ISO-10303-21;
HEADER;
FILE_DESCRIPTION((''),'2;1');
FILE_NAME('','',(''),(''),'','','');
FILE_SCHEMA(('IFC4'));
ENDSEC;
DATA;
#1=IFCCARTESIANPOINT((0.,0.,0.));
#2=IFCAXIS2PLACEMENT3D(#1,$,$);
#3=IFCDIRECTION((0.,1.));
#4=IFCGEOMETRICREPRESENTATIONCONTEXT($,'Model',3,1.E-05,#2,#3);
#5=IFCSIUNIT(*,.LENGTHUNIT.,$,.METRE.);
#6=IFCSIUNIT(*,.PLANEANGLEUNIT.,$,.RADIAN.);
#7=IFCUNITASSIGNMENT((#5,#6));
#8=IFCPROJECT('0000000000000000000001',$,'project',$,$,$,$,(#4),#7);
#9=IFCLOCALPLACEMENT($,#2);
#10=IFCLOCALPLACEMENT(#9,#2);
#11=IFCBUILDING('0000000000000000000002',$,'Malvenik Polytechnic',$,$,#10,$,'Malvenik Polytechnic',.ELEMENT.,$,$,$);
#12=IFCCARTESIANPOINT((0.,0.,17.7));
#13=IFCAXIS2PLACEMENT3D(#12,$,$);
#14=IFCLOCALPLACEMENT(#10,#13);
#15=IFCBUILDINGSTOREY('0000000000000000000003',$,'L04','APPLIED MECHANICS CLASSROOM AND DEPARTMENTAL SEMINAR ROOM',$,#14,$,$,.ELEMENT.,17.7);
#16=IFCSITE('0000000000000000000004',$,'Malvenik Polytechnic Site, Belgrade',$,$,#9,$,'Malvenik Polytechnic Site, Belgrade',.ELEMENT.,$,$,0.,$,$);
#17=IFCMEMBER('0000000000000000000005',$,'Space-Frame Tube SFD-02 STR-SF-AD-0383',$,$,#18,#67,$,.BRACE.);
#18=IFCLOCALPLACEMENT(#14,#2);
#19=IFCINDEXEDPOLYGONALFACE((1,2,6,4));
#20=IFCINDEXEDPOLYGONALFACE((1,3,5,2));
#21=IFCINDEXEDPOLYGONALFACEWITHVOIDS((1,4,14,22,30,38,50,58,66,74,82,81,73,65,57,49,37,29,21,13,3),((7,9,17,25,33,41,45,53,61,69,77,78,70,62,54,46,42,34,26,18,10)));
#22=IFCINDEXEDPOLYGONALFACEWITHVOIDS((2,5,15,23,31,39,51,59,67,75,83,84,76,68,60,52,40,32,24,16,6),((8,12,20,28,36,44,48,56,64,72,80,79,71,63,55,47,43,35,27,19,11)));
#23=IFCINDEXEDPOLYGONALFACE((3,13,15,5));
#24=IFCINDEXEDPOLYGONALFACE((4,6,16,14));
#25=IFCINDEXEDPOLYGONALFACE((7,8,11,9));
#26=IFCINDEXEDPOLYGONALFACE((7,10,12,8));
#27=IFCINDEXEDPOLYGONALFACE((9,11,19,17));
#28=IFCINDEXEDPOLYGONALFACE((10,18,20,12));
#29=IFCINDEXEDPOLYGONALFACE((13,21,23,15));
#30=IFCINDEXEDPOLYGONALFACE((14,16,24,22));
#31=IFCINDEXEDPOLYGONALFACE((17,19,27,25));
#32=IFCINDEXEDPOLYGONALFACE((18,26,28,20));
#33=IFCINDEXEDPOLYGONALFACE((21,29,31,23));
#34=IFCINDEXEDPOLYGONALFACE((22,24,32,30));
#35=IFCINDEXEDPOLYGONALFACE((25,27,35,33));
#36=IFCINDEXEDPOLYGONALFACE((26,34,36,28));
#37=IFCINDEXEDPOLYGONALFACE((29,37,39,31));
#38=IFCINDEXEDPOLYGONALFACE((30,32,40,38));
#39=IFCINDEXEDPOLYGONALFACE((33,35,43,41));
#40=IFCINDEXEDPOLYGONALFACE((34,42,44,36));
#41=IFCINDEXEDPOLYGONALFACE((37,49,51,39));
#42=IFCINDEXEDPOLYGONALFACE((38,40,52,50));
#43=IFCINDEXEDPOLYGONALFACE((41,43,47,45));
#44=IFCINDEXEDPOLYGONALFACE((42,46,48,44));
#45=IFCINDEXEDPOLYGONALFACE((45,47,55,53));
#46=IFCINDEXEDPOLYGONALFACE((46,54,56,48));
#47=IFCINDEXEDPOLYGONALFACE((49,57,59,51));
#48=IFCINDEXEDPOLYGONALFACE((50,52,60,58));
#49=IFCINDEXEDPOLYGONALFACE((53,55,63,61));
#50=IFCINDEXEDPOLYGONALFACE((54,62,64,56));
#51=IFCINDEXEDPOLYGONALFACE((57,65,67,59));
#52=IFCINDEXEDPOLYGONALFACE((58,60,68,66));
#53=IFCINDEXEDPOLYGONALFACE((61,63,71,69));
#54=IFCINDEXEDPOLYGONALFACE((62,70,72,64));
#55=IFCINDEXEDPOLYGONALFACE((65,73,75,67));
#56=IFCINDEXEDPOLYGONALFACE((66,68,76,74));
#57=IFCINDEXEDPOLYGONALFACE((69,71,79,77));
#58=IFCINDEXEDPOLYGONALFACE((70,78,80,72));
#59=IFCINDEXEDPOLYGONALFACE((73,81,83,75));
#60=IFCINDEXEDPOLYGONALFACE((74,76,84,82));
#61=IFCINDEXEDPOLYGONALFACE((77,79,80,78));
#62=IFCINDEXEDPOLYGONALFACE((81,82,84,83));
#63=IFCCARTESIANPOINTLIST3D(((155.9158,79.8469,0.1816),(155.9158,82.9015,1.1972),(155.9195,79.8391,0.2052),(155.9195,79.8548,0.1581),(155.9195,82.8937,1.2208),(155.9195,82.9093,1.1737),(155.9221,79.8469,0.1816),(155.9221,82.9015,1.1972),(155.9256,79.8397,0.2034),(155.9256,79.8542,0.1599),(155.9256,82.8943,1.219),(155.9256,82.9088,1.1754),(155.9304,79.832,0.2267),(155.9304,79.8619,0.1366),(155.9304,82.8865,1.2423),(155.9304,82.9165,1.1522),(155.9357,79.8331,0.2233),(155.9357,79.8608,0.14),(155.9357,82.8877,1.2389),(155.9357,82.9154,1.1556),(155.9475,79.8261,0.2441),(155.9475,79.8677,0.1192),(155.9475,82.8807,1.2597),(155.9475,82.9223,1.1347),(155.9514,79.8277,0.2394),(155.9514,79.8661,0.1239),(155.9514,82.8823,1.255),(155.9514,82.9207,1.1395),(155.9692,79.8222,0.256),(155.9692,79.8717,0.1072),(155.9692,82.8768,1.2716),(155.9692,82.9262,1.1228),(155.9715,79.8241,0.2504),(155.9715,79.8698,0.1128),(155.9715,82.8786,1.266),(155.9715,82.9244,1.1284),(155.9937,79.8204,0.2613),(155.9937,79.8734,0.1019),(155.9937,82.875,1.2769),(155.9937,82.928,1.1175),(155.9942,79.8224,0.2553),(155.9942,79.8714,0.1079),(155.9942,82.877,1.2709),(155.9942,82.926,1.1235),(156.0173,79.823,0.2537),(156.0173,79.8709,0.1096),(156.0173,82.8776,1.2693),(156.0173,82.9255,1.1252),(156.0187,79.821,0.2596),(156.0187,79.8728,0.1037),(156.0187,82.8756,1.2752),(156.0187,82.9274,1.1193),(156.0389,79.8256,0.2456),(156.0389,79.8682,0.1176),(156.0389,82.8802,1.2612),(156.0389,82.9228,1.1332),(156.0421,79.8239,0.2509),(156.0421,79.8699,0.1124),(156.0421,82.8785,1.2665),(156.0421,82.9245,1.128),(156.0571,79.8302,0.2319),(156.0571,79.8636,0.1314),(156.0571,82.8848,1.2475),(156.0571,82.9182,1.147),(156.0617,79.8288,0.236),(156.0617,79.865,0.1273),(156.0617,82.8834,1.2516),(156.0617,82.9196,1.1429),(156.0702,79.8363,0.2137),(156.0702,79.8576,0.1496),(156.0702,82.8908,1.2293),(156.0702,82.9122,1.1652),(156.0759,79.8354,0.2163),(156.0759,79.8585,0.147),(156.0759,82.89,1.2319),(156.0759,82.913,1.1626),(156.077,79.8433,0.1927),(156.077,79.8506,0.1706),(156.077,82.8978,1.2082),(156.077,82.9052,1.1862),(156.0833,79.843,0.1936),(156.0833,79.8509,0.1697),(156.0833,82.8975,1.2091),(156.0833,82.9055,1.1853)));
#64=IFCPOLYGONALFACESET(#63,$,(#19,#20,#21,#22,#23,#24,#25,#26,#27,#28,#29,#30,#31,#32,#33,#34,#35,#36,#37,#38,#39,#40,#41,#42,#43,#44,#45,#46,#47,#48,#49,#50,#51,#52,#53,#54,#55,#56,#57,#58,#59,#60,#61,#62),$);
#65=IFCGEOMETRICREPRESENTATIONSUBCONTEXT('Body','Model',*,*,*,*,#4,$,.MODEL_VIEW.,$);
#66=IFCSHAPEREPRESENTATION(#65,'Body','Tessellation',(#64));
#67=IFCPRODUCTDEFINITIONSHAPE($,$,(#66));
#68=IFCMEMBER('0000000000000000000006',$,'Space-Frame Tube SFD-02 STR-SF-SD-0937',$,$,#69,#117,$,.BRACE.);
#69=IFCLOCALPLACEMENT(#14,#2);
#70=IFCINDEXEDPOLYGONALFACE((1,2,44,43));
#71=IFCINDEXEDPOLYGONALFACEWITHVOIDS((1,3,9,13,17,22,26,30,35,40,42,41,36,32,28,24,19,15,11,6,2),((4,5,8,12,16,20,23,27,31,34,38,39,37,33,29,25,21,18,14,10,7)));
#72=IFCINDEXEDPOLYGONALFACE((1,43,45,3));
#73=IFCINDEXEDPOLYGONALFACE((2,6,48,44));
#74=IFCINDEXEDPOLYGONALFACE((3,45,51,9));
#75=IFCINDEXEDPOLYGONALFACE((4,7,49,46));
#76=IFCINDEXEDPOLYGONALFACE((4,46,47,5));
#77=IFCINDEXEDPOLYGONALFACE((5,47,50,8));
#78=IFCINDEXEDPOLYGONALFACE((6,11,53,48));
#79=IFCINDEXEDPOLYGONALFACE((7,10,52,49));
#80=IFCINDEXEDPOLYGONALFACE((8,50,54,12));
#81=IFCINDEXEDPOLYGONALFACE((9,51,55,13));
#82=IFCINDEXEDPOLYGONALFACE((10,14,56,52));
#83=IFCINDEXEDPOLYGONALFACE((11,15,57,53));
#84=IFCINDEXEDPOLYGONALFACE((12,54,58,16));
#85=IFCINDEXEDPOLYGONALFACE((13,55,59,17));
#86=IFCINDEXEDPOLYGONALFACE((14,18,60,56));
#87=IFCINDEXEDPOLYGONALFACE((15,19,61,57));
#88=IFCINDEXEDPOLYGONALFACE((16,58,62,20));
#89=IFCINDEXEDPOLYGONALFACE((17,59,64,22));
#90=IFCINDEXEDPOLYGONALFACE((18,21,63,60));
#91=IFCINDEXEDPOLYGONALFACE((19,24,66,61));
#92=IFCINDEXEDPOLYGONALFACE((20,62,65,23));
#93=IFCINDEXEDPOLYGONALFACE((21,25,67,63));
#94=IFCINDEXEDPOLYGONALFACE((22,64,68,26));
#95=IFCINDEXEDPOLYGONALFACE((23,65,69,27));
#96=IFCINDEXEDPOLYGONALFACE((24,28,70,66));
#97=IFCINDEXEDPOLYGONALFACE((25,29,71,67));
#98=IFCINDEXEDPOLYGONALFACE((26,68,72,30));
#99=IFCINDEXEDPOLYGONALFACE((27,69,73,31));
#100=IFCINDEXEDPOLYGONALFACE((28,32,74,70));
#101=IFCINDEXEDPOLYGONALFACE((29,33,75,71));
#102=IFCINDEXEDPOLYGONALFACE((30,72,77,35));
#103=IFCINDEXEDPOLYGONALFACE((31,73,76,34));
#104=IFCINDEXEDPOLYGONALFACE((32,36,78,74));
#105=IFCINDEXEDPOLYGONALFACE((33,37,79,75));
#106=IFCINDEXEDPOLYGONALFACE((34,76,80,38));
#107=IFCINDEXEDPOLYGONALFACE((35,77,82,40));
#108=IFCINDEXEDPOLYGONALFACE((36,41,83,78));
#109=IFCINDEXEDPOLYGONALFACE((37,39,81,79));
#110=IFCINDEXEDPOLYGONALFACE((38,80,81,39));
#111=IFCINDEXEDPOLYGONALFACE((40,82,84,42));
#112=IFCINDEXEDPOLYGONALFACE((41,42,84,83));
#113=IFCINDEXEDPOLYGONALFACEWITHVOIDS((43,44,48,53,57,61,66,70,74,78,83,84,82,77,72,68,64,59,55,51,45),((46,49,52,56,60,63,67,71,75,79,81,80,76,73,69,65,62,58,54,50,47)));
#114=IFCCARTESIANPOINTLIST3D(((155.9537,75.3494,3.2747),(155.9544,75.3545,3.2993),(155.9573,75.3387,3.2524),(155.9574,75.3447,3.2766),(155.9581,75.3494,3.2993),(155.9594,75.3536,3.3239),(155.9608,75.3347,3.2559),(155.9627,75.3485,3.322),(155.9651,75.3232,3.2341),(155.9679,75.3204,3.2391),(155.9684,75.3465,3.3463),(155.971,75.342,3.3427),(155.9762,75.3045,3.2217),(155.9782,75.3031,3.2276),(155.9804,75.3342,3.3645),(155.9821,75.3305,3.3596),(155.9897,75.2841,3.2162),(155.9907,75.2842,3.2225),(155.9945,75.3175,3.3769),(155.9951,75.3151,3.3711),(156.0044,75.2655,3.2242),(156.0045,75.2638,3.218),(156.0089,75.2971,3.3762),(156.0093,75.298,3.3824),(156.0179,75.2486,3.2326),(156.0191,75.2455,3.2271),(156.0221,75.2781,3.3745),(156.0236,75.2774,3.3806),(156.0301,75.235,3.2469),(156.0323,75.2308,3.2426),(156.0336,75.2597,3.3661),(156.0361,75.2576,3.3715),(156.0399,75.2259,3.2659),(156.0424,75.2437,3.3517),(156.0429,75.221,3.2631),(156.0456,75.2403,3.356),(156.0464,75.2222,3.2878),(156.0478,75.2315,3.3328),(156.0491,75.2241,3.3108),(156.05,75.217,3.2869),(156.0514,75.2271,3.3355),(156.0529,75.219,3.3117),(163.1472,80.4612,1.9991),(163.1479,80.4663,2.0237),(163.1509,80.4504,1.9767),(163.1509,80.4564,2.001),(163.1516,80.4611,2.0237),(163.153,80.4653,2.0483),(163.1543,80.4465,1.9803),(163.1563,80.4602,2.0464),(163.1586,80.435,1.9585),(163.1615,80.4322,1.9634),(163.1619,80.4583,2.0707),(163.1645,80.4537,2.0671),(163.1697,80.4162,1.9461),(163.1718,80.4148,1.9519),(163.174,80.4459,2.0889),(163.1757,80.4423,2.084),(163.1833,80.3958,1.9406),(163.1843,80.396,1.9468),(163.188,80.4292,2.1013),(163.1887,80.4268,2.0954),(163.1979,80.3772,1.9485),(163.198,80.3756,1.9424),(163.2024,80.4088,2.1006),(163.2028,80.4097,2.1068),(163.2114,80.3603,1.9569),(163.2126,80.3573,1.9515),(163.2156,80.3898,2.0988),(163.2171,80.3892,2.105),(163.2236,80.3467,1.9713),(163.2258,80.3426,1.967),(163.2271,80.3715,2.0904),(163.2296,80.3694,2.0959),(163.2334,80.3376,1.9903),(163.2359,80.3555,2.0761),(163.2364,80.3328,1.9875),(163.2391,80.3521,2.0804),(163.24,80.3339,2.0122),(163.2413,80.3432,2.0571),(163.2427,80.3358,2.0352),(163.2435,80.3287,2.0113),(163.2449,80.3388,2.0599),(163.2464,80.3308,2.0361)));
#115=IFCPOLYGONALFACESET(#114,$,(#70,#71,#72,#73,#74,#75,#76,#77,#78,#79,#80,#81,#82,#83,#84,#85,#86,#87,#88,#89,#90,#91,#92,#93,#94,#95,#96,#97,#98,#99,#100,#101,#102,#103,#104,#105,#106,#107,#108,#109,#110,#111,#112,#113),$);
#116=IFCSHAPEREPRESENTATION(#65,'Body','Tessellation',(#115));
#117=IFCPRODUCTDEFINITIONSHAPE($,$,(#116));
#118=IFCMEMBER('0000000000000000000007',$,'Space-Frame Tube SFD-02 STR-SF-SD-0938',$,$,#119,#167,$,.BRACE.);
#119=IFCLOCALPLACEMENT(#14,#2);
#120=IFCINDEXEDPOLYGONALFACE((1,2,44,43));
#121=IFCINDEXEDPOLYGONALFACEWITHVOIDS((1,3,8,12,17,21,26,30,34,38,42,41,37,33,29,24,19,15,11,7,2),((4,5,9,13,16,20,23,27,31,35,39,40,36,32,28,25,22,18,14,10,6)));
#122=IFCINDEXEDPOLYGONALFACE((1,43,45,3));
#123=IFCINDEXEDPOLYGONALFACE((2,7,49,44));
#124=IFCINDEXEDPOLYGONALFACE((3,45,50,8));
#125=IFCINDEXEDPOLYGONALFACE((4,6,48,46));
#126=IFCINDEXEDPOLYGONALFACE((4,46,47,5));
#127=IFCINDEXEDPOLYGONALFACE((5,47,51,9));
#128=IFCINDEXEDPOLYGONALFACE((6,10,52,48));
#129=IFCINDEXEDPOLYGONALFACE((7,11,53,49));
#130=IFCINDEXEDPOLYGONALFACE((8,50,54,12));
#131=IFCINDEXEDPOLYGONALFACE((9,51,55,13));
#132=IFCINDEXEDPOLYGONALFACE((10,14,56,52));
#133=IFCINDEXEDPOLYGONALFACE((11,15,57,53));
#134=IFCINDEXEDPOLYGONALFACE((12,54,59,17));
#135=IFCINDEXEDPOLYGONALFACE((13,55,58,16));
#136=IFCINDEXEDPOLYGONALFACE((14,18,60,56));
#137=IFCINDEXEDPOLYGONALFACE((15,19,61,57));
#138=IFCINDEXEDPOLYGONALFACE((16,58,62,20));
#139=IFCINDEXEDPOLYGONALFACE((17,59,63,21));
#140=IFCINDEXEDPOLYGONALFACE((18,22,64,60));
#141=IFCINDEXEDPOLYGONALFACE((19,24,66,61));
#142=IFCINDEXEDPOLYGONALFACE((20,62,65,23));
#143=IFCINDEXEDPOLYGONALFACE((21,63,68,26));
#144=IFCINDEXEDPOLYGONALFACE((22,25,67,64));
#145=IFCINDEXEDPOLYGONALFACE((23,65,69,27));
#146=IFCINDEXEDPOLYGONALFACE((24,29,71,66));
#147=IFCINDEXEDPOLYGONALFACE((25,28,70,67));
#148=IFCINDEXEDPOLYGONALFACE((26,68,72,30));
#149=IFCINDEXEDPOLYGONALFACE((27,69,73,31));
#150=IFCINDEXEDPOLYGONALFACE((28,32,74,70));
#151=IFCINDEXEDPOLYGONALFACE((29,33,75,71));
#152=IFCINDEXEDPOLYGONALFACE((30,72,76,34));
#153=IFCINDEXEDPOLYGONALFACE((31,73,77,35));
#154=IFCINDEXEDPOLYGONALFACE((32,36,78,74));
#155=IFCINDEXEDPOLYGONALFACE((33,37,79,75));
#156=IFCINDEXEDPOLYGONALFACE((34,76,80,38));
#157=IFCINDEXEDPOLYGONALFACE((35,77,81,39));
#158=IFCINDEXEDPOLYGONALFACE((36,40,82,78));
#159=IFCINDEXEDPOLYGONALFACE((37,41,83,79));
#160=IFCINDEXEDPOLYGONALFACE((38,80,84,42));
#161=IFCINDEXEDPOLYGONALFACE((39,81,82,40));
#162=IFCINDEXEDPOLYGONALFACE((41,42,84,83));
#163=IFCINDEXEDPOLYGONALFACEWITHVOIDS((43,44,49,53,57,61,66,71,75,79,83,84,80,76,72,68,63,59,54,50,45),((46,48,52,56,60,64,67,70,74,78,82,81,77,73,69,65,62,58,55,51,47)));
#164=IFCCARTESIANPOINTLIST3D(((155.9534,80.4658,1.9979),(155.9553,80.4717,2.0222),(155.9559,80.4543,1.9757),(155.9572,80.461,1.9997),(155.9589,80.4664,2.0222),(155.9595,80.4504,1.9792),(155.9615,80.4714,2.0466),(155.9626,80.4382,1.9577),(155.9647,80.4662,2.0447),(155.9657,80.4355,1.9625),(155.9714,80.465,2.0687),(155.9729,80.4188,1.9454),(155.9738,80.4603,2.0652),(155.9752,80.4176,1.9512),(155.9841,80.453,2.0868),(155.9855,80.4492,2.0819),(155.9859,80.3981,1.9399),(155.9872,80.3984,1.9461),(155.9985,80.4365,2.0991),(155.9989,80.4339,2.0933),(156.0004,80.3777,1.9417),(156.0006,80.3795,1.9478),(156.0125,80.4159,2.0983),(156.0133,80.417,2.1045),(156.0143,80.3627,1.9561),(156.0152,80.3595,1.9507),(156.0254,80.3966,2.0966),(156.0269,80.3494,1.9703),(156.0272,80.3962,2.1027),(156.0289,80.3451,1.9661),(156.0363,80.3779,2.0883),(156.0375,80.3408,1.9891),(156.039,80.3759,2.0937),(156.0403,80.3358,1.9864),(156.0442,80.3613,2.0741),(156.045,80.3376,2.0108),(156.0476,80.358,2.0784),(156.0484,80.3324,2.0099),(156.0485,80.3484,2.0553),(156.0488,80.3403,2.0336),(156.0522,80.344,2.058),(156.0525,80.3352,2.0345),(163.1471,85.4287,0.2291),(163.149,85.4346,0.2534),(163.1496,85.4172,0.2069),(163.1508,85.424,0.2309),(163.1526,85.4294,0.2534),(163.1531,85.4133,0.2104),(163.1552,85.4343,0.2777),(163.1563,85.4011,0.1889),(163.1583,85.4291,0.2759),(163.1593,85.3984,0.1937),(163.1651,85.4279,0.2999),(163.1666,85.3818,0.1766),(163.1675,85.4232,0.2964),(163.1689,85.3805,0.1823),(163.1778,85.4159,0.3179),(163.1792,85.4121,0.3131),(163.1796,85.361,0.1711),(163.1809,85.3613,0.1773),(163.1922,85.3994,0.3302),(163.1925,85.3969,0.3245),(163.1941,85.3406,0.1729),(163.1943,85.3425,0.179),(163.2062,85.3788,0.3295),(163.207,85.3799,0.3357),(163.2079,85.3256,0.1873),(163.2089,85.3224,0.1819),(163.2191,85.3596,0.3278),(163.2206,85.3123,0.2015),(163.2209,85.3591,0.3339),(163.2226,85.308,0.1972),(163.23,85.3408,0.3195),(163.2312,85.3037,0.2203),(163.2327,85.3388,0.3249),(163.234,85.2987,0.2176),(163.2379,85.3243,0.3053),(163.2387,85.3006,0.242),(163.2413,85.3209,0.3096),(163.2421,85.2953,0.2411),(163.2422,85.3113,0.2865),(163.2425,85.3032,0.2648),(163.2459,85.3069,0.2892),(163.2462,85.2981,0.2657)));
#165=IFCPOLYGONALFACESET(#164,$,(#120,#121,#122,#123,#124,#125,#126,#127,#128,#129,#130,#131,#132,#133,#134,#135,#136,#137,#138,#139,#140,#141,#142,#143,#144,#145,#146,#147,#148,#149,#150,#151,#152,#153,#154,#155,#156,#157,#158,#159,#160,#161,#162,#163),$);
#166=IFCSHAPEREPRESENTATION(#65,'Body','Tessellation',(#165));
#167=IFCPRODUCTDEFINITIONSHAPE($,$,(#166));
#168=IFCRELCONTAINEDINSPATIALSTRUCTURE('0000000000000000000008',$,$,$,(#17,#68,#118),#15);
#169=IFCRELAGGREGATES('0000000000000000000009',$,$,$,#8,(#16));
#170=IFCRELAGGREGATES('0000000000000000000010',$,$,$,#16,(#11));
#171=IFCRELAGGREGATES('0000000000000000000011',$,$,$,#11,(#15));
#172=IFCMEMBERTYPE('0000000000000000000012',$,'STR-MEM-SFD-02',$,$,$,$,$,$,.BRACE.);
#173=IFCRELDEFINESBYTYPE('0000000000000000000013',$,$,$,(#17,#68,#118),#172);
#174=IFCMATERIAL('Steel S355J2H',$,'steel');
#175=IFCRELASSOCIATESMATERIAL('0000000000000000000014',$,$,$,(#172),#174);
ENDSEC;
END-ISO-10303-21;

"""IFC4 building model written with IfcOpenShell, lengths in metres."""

from ifc_helpers import new_model, si_unit, direction, frame, origin, origin_2d, place, context, subcontext, project, spatial, hollow_circle, extrude, material, material_profile, profile_set, type_object, element, save


model = new_model("IFC4")

# Units and contexts
model_context = context("Model", 3, precision=1e-05, world=origin(), true_north=direction((0.0, 1.0)))
body_context = subcontext(model_context, "Body", "Model", "MODEL_VIEW")
ifc_project = project(units=[si_unit("LENGTHUNIT", "METRE"), si_unit("PLANEANGLEUNIT", "RADIAN")], contexts=[model_context])

# Site, building, storey
site_placement = place(None, origin())
site = spatial("IfcSite", under=ifc_project, at=site_placement, Name="Malvenik Polytechnic Site, Belgrade", LongName="Malvenik Polytechnic Site, Belgrade", CompositionType="ELEMENT", RefElevation=0.0)
building_placement = place(site_placement, origin())
building = spatial("IfcBuilding", under=site, at=building_placement, Name="Malvenik Polytechnic", LongName="Malvenik Polytechnic", CompositionType="ELEMENT")
storey_placement = place(building_placement, frame((0.0, 0.0, 17.7)))
storey = spatial("IfcBuildingStorey", under=building, at=storey_placement, Name="L04", Description="APPLIED MECHANICS CLASSROOM AND DEPARTMENTAL SEMINAR ROOM", CompositionType="ELEMENT", Elevation=17.7)

# Members
ifc_material = material(Name="Steel S355J2H", Category="steel")
ifc_material_profile_1 = material_profile(ifc_material, hollow_circle(Radius=0.0842, WallThickness=0.0063, at=origin_2d()), Name="CHS 168.3x6.3")
ifc_profile_set_1 = profile_set([ifc_material_profile_1], Name="Steel S355J2H")
member_type_1 = type_object("IfcMemberType", Name="STR-MEM-SFD-02", PredefinedType="BRACE", material=ifc_profile_set_1)
for number, where, z_axis, x_axis, name in (
    (1, (156.0, 79.8469, 0.1816), (0.0, 0.948926, 0.3155), (-1.0, 0.0, 0.0), "Space-Frame Tube SFD-02 STR-SF-AD-0383"),
):
    element("IfcMember", number, at=place(storey_placement, frame(where, z_axis=z_axis, x_axis=x_axis)), inside=storey, type_object=member_type_1, Name=name, PredefinedType="BRACE", context=body_context, shape_type="SweptSolid", body=[
        extrude(hollow_circle(Radius=0.0842, WallThickness=0.0063, at=origin_2d()), origin(), (0.0, 0.0, 1.0), 3.219),
    ])
member_1_placement = place(storey_placement, frame((156.0032, 75.2859, 3.2993), z_axis=(0.806765, 0.573292, -0.143063), x_axis=(-0.57925, 0.81515, 0.0)))
element("IfcMember", 2, at=member_1_placement, inside=storey, type_object=member_type_1, Name="Space-Frame Tube SFD-02 STR-SF-SD-0937", PredefinedType="BRACE", context=body_context, shape_type="SweptSolid", body=[
    extrude(hollow_circle(Radius=0.0842, WallThickness=0.0063, at=origin_2d()), origin(), (0.0, 0.0, 1.0), 8.9165),
])
member_2_placement = place(storey_placement, frame((156.0032, 80.4023, 2.0222), z_axis=(0.80676, 0.556586, -0.19837), x_axis=(-0.567871, 0.823117, 0.0)))
element("IfcMember", 3, at=member_2_placement, inside=storey, type_object=member_type_1, Name="Space-Frame Tube SFD-02 STR-SF-SD-0938", PredefinedType="BRACE", context=body_context, shape_type="SweptSolid", body=[
    extrude(hollow_circle(Radius=0.0842, WallThickness=0.0063, at=origin_2d()), origin(), (0.0, 0.0, 1.0), 8.9167),
])

save(model, "model.ifc")
